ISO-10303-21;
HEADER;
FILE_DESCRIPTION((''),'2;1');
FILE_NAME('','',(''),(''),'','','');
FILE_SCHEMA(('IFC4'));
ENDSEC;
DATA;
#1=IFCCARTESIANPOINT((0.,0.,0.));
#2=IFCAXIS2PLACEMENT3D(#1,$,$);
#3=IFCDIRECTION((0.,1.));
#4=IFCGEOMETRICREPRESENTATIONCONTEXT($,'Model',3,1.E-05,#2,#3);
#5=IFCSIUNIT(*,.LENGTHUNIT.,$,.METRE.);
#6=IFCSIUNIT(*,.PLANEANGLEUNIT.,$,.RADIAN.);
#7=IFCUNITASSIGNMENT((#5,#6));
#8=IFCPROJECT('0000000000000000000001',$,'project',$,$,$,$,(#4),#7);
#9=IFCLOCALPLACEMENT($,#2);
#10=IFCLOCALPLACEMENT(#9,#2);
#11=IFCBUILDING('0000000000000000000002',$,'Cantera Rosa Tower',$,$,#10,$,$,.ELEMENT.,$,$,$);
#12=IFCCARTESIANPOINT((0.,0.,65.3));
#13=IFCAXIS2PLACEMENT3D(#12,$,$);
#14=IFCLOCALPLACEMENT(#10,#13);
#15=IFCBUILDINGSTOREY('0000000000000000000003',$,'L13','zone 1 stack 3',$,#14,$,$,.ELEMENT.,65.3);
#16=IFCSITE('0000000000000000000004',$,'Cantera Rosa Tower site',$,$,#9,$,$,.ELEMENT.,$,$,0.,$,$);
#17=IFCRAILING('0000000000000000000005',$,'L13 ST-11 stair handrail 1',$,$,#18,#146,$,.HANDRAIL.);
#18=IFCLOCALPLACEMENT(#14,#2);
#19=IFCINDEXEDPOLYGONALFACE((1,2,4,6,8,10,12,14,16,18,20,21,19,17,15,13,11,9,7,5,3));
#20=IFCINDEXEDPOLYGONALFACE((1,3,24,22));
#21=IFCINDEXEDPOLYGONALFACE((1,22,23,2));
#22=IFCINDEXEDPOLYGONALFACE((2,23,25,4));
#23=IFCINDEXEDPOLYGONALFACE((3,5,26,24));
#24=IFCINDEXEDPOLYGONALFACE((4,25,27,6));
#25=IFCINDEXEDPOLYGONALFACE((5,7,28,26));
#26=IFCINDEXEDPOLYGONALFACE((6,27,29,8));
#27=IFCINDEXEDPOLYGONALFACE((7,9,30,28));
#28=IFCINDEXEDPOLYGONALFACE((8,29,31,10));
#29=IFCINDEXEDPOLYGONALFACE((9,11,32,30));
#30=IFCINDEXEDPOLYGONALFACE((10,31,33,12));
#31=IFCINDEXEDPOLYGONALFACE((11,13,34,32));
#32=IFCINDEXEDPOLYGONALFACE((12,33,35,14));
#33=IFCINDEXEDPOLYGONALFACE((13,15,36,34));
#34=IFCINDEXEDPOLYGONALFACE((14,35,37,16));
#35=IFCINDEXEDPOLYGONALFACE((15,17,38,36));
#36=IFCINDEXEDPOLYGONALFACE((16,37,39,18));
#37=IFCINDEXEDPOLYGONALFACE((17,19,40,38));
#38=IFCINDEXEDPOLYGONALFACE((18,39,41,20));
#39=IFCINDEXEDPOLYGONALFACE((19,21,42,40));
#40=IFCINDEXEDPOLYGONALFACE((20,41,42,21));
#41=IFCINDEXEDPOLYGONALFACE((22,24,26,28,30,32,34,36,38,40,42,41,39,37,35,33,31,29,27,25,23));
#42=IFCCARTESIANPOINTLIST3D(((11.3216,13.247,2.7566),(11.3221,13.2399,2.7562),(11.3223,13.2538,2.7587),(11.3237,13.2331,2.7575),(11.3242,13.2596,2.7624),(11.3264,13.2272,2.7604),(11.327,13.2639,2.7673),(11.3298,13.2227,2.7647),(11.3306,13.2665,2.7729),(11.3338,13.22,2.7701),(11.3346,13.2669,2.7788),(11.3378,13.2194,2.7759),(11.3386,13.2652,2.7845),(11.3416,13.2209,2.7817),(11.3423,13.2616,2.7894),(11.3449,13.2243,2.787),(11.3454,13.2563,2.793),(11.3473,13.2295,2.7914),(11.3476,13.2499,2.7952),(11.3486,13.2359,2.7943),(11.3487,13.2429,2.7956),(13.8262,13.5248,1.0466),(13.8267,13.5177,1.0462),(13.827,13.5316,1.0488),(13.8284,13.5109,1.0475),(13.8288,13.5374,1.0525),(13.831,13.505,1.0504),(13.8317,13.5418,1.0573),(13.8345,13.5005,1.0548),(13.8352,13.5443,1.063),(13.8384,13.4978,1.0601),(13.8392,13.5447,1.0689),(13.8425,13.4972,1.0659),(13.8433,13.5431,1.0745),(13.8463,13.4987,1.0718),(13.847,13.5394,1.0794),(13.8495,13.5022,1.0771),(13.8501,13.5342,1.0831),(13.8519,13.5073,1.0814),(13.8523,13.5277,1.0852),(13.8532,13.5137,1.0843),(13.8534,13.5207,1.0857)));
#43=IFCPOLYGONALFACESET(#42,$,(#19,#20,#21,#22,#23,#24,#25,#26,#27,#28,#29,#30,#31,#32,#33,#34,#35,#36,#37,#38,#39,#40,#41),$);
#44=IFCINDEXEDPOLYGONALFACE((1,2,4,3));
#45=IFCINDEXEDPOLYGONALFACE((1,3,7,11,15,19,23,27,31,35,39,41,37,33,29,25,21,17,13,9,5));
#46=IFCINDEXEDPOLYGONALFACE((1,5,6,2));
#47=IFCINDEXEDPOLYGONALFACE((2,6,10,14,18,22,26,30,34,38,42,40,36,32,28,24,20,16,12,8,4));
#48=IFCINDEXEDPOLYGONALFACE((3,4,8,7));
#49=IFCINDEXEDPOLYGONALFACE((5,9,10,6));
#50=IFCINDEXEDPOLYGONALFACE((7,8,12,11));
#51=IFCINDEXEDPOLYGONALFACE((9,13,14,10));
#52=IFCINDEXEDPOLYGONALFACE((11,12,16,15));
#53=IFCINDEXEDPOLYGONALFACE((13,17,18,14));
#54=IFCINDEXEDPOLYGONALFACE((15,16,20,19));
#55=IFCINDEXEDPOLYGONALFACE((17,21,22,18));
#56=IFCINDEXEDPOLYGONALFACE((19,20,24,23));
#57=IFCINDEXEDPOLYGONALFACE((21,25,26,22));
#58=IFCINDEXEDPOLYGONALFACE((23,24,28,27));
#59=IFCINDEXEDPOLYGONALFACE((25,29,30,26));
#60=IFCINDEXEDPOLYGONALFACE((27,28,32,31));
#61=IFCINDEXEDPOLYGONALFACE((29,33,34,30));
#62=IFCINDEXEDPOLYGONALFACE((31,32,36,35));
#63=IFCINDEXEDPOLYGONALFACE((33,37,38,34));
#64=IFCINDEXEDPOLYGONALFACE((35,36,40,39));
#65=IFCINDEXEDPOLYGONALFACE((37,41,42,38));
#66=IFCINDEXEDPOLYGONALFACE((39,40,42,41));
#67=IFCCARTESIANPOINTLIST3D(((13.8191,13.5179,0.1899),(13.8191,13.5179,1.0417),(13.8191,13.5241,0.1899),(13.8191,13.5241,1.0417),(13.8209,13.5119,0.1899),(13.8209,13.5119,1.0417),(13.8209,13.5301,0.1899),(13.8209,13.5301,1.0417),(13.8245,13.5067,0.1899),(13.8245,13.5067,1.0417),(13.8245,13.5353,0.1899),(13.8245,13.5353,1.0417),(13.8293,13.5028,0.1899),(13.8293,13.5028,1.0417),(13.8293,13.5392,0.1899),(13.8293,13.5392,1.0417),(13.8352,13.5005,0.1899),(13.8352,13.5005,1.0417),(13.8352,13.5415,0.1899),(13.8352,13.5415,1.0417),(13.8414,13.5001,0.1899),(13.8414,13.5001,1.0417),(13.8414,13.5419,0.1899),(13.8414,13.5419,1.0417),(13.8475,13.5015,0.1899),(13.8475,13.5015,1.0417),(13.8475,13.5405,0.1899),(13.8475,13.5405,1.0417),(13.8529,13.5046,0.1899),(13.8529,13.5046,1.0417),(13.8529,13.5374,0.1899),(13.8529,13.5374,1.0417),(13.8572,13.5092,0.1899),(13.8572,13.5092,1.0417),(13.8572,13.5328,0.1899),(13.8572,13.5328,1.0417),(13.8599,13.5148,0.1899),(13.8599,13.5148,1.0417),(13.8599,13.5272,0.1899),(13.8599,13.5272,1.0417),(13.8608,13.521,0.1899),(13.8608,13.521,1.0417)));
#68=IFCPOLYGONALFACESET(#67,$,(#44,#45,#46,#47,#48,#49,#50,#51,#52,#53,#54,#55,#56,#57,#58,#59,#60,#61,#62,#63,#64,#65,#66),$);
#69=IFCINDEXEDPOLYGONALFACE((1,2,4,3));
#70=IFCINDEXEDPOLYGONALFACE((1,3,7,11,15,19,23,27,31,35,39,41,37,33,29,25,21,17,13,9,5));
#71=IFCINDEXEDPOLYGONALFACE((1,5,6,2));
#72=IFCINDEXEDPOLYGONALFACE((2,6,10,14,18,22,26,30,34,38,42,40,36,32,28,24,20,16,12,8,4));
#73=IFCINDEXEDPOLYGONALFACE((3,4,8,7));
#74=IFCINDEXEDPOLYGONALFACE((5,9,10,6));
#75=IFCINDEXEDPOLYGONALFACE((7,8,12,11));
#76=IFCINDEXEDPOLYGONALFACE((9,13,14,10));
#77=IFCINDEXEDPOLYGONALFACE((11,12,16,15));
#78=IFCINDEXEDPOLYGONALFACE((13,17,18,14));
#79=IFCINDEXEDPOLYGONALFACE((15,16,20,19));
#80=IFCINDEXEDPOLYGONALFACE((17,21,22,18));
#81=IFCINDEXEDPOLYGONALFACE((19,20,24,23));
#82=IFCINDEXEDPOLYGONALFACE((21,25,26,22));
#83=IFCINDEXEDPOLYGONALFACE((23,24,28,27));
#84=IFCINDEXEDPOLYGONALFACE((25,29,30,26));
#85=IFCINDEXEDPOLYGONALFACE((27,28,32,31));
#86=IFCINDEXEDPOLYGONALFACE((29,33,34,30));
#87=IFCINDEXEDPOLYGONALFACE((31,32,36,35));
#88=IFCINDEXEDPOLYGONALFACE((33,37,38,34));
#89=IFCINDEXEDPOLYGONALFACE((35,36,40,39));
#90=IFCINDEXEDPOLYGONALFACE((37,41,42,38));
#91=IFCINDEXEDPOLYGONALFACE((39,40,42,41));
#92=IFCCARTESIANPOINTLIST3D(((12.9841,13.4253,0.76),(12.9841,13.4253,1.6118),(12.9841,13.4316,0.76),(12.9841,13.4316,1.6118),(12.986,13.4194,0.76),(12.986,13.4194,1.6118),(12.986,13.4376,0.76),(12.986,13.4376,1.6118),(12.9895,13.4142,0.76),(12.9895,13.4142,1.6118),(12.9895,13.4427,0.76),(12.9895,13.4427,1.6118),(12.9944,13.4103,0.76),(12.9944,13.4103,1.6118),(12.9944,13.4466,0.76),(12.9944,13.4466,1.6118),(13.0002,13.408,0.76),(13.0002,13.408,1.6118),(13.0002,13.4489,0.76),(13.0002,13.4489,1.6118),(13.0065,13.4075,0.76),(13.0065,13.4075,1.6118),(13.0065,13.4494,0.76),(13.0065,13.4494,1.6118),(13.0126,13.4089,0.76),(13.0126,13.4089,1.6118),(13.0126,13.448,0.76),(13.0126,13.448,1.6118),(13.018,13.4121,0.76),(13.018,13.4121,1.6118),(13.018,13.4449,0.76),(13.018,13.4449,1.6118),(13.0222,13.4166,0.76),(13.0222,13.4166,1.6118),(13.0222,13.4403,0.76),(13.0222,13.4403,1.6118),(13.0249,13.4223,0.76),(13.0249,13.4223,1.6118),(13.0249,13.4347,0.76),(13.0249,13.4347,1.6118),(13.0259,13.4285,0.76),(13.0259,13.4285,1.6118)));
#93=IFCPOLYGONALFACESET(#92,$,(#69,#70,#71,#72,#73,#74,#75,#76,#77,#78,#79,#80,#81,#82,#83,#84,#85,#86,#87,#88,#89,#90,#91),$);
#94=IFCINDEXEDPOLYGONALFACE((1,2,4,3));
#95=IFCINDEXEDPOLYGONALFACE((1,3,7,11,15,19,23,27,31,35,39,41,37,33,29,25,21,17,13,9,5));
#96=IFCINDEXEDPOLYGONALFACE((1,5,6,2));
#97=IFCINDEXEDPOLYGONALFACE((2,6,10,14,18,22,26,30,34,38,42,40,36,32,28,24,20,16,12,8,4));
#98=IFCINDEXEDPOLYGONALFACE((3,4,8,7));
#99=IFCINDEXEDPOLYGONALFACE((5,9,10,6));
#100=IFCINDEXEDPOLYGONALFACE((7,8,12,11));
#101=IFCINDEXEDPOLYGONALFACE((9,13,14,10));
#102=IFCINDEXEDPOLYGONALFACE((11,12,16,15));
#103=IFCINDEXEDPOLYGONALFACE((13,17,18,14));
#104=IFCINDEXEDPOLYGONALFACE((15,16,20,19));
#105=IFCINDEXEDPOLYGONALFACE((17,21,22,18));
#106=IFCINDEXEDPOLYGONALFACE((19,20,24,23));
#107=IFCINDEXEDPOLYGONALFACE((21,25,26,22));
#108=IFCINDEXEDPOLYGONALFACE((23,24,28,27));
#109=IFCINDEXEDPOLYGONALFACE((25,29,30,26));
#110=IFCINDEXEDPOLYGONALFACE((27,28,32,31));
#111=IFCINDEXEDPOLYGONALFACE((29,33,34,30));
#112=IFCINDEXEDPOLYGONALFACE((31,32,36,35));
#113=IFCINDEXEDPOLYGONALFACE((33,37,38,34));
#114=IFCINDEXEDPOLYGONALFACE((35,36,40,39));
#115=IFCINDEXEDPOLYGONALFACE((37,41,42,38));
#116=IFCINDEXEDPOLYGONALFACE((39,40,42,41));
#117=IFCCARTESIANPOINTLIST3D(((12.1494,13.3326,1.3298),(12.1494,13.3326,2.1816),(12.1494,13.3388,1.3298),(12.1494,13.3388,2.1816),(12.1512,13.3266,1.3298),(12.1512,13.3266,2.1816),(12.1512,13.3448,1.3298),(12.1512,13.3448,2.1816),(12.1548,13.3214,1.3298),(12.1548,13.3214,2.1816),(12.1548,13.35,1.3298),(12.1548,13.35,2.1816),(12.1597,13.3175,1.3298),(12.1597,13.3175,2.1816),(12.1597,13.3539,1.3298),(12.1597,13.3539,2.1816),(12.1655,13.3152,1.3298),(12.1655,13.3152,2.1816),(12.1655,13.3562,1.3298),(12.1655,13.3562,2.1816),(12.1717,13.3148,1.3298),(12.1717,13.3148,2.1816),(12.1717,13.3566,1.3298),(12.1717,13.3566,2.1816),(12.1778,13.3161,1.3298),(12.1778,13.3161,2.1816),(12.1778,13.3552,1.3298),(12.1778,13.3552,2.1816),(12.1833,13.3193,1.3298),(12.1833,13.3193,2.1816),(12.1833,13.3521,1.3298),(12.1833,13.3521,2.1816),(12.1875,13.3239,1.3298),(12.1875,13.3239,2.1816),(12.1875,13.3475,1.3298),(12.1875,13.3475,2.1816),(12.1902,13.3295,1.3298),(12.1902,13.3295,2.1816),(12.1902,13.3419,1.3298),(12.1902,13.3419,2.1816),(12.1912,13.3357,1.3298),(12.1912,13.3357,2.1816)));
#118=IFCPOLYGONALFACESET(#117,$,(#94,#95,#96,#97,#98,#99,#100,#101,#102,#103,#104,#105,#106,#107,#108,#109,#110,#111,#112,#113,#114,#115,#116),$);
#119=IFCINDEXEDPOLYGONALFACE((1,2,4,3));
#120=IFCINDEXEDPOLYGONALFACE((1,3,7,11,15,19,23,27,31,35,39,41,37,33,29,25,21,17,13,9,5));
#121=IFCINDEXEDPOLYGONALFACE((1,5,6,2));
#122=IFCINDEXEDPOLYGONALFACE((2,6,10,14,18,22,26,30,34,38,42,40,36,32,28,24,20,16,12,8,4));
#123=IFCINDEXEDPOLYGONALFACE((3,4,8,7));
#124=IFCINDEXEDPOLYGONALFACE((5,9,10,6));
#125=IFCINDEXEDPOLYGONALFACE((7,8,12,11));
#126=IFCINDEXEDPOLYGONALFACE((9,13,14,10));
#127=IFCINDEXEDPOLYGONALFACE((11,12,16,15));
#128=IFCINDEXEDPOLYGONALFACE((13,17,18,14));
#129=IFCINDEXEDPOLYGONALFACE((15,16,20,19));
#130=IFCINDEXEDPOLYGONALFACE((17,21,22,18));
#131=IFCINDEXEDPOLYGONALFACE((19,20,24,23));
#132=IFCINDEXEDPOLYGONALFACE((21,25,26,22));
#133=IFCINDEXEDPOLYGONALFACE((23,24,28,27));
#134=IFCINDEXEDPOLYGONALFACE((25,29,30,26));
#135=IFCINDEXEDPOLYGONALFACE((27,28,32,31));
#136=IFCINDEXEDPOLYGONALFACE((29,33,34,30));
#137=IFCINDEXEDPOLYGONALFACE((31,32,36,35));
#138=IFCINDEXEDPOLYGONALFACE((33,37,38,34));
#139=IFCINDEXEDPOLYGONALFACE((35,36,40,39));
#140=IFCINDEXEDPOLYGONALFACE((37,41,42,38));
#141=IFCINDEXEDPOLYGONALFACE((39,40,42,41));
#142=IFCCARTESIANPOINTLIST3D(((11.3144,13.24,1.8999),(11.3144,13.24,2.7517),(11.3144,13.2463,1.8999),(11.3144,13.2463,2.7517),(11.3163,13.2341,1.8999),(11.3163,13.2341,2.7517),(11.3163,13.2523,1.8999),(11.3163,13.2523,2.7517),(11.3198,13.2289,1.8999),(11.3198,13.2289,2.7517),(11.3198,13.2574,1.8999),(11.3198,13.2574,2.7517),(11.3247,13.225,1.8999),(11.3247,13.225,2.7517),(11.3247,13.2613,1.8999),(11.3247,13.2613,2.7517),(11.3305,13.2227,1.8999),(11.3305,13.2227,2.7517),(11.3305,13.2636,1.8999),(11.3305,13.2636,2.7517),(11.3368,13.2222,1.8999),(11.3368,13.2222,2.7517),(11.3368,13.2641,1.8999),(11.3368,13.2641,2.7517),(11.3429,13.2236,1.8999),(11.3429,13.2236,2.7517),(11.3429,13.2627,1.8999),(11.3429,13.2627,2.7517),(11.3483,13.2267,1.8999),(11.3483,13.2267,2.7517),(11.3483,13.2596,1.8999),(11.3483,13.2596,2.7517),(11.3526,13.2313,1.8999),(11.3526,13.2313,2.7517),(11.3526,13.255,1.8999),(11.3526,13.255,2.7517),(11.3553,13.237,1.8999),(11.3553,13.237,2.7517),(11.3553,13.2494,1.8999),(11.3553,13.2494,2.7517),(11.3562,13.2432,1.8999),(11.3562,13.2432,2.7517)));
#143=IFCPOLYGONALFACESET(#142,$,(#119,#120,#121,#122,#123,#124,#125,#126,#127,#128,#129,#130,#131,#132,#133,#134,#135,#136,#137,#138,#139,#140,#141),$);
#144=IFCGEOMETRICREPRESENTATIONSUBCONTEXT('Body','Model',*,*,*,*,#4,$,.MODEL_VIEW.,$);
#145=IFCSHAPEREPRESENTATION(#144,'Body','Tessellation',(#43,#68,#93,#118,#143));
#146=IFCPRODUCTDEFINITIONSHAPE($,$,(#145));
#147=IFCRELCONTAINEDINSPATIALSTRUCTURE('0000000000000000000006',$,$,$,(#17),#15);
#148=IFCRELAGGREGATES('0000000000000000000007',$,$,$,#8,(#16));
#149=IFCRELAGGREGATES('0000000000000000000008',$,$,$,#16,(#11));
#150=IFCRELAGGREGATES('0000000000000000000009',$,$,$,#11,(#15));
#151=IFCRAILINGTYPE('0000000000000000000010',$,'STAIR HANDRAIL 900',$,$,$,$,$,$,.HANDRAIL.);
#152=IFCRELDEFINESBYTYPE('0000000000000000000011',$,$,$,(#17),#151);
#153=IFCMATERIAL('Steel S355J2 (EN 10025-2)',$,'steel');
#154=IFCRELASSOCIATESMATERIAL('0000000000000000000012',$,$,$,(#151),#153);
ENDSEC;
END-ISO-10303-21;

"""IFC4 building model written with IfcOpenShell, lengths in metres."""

from ifc_helpers import new_model, si_unit, direction, frame, origin, origin_2d, place, context, subcontext, project, spatial, circle, extrude, material, type_object, element, save


model = new_model("IFC4")

# Units and contexts
model_context = context("Model", 3, precision=1e-05, world=origin(), true_north=direction((0.0, 1.0)))
body_context = subcontext(model_context, "Body", "Model", "MODEL_VIEW")
ifc_project = project(units=[si_unit("LENGTHUNIT", "METRE"), si_unit("PLANEANGLEUNIT", "RADIAN")], contexts=[model_context])

# Site, building, storey
site_placement = place(None, origin())
site = spatial("IfcSite", under=ifc_project, at=site_placement, Name="Cantera Rosa Tower site", CompositionType="ELEMENT", RefElevation=0.0)
building_placement = place(site_placement, origin())
building = spatial("IfcBuilding", under=site, at=building_placement, Name="Cantera Rosa Tower", CompositionType="ELEMENT")
storey_placement = place(building_placement, frame((0.0, 0.0, 65.3)))
storey = spatial("IfcBuildingStorey", under=building, at=storey_placement, Name="L13", Description="zone 1 stack 3", CompositionType="ELEMENT", Elevation=65.3)

# Railing
ifc_material_1 = material(Name="Steel S355J2 (EN 10025-2)", Category="steel")
railing_type_1 = type_object("IfcRailingType", Name="STAIR HANDRAIL 900", PredefinedType="HANDRAIL", material=ifc_material_1)
railing_1_placement = place(storey_placement, frame((13.8398, 13.521, 0.1899)))
element("IfcRailing", 1, at=railing_1_placement, inside=storey, type_object=railing_type_1, Name="L13 ST-11 stair handrail 1", PredefinedType="HANDRAIL", context=body_context, shape_type="SweptSolid", body=[
    extrude(circle(Radius=0.0239, at=origin_2d()), frame((0.0, 0.0, 0.876), z_axis=(-0.822437, -0.091231, 0.561492), x_axis=(0.110251, -0.993904, 0.0)), (0.0, 0.0, 1.0), 3.0454),
    extrude(circle(Radius=0.021, at=origin_2d()), origin(), (0.0, 0.0, 1.0), 0.8518),
    extrude(circle(Radius=0.021, at=origin_2d()), frame((-0.835, -0.0925, 0.5701)), (0.0, 0.0, 1.0), 0.8518),
    extrude(circle(Radius=0.021, at=origin_2d()), frame((-1.6697, -0.1853, 1.1399)), (0.0, 0.0, 1.0), 0.8518),
    extrude(circle(Radius=0.021, at=origin_2d()), frame((-2.5046, -0.2778, 1.71)), (0.0, 0.0, 1.0), 0.8518),
])

save(model, "model.ifc")
